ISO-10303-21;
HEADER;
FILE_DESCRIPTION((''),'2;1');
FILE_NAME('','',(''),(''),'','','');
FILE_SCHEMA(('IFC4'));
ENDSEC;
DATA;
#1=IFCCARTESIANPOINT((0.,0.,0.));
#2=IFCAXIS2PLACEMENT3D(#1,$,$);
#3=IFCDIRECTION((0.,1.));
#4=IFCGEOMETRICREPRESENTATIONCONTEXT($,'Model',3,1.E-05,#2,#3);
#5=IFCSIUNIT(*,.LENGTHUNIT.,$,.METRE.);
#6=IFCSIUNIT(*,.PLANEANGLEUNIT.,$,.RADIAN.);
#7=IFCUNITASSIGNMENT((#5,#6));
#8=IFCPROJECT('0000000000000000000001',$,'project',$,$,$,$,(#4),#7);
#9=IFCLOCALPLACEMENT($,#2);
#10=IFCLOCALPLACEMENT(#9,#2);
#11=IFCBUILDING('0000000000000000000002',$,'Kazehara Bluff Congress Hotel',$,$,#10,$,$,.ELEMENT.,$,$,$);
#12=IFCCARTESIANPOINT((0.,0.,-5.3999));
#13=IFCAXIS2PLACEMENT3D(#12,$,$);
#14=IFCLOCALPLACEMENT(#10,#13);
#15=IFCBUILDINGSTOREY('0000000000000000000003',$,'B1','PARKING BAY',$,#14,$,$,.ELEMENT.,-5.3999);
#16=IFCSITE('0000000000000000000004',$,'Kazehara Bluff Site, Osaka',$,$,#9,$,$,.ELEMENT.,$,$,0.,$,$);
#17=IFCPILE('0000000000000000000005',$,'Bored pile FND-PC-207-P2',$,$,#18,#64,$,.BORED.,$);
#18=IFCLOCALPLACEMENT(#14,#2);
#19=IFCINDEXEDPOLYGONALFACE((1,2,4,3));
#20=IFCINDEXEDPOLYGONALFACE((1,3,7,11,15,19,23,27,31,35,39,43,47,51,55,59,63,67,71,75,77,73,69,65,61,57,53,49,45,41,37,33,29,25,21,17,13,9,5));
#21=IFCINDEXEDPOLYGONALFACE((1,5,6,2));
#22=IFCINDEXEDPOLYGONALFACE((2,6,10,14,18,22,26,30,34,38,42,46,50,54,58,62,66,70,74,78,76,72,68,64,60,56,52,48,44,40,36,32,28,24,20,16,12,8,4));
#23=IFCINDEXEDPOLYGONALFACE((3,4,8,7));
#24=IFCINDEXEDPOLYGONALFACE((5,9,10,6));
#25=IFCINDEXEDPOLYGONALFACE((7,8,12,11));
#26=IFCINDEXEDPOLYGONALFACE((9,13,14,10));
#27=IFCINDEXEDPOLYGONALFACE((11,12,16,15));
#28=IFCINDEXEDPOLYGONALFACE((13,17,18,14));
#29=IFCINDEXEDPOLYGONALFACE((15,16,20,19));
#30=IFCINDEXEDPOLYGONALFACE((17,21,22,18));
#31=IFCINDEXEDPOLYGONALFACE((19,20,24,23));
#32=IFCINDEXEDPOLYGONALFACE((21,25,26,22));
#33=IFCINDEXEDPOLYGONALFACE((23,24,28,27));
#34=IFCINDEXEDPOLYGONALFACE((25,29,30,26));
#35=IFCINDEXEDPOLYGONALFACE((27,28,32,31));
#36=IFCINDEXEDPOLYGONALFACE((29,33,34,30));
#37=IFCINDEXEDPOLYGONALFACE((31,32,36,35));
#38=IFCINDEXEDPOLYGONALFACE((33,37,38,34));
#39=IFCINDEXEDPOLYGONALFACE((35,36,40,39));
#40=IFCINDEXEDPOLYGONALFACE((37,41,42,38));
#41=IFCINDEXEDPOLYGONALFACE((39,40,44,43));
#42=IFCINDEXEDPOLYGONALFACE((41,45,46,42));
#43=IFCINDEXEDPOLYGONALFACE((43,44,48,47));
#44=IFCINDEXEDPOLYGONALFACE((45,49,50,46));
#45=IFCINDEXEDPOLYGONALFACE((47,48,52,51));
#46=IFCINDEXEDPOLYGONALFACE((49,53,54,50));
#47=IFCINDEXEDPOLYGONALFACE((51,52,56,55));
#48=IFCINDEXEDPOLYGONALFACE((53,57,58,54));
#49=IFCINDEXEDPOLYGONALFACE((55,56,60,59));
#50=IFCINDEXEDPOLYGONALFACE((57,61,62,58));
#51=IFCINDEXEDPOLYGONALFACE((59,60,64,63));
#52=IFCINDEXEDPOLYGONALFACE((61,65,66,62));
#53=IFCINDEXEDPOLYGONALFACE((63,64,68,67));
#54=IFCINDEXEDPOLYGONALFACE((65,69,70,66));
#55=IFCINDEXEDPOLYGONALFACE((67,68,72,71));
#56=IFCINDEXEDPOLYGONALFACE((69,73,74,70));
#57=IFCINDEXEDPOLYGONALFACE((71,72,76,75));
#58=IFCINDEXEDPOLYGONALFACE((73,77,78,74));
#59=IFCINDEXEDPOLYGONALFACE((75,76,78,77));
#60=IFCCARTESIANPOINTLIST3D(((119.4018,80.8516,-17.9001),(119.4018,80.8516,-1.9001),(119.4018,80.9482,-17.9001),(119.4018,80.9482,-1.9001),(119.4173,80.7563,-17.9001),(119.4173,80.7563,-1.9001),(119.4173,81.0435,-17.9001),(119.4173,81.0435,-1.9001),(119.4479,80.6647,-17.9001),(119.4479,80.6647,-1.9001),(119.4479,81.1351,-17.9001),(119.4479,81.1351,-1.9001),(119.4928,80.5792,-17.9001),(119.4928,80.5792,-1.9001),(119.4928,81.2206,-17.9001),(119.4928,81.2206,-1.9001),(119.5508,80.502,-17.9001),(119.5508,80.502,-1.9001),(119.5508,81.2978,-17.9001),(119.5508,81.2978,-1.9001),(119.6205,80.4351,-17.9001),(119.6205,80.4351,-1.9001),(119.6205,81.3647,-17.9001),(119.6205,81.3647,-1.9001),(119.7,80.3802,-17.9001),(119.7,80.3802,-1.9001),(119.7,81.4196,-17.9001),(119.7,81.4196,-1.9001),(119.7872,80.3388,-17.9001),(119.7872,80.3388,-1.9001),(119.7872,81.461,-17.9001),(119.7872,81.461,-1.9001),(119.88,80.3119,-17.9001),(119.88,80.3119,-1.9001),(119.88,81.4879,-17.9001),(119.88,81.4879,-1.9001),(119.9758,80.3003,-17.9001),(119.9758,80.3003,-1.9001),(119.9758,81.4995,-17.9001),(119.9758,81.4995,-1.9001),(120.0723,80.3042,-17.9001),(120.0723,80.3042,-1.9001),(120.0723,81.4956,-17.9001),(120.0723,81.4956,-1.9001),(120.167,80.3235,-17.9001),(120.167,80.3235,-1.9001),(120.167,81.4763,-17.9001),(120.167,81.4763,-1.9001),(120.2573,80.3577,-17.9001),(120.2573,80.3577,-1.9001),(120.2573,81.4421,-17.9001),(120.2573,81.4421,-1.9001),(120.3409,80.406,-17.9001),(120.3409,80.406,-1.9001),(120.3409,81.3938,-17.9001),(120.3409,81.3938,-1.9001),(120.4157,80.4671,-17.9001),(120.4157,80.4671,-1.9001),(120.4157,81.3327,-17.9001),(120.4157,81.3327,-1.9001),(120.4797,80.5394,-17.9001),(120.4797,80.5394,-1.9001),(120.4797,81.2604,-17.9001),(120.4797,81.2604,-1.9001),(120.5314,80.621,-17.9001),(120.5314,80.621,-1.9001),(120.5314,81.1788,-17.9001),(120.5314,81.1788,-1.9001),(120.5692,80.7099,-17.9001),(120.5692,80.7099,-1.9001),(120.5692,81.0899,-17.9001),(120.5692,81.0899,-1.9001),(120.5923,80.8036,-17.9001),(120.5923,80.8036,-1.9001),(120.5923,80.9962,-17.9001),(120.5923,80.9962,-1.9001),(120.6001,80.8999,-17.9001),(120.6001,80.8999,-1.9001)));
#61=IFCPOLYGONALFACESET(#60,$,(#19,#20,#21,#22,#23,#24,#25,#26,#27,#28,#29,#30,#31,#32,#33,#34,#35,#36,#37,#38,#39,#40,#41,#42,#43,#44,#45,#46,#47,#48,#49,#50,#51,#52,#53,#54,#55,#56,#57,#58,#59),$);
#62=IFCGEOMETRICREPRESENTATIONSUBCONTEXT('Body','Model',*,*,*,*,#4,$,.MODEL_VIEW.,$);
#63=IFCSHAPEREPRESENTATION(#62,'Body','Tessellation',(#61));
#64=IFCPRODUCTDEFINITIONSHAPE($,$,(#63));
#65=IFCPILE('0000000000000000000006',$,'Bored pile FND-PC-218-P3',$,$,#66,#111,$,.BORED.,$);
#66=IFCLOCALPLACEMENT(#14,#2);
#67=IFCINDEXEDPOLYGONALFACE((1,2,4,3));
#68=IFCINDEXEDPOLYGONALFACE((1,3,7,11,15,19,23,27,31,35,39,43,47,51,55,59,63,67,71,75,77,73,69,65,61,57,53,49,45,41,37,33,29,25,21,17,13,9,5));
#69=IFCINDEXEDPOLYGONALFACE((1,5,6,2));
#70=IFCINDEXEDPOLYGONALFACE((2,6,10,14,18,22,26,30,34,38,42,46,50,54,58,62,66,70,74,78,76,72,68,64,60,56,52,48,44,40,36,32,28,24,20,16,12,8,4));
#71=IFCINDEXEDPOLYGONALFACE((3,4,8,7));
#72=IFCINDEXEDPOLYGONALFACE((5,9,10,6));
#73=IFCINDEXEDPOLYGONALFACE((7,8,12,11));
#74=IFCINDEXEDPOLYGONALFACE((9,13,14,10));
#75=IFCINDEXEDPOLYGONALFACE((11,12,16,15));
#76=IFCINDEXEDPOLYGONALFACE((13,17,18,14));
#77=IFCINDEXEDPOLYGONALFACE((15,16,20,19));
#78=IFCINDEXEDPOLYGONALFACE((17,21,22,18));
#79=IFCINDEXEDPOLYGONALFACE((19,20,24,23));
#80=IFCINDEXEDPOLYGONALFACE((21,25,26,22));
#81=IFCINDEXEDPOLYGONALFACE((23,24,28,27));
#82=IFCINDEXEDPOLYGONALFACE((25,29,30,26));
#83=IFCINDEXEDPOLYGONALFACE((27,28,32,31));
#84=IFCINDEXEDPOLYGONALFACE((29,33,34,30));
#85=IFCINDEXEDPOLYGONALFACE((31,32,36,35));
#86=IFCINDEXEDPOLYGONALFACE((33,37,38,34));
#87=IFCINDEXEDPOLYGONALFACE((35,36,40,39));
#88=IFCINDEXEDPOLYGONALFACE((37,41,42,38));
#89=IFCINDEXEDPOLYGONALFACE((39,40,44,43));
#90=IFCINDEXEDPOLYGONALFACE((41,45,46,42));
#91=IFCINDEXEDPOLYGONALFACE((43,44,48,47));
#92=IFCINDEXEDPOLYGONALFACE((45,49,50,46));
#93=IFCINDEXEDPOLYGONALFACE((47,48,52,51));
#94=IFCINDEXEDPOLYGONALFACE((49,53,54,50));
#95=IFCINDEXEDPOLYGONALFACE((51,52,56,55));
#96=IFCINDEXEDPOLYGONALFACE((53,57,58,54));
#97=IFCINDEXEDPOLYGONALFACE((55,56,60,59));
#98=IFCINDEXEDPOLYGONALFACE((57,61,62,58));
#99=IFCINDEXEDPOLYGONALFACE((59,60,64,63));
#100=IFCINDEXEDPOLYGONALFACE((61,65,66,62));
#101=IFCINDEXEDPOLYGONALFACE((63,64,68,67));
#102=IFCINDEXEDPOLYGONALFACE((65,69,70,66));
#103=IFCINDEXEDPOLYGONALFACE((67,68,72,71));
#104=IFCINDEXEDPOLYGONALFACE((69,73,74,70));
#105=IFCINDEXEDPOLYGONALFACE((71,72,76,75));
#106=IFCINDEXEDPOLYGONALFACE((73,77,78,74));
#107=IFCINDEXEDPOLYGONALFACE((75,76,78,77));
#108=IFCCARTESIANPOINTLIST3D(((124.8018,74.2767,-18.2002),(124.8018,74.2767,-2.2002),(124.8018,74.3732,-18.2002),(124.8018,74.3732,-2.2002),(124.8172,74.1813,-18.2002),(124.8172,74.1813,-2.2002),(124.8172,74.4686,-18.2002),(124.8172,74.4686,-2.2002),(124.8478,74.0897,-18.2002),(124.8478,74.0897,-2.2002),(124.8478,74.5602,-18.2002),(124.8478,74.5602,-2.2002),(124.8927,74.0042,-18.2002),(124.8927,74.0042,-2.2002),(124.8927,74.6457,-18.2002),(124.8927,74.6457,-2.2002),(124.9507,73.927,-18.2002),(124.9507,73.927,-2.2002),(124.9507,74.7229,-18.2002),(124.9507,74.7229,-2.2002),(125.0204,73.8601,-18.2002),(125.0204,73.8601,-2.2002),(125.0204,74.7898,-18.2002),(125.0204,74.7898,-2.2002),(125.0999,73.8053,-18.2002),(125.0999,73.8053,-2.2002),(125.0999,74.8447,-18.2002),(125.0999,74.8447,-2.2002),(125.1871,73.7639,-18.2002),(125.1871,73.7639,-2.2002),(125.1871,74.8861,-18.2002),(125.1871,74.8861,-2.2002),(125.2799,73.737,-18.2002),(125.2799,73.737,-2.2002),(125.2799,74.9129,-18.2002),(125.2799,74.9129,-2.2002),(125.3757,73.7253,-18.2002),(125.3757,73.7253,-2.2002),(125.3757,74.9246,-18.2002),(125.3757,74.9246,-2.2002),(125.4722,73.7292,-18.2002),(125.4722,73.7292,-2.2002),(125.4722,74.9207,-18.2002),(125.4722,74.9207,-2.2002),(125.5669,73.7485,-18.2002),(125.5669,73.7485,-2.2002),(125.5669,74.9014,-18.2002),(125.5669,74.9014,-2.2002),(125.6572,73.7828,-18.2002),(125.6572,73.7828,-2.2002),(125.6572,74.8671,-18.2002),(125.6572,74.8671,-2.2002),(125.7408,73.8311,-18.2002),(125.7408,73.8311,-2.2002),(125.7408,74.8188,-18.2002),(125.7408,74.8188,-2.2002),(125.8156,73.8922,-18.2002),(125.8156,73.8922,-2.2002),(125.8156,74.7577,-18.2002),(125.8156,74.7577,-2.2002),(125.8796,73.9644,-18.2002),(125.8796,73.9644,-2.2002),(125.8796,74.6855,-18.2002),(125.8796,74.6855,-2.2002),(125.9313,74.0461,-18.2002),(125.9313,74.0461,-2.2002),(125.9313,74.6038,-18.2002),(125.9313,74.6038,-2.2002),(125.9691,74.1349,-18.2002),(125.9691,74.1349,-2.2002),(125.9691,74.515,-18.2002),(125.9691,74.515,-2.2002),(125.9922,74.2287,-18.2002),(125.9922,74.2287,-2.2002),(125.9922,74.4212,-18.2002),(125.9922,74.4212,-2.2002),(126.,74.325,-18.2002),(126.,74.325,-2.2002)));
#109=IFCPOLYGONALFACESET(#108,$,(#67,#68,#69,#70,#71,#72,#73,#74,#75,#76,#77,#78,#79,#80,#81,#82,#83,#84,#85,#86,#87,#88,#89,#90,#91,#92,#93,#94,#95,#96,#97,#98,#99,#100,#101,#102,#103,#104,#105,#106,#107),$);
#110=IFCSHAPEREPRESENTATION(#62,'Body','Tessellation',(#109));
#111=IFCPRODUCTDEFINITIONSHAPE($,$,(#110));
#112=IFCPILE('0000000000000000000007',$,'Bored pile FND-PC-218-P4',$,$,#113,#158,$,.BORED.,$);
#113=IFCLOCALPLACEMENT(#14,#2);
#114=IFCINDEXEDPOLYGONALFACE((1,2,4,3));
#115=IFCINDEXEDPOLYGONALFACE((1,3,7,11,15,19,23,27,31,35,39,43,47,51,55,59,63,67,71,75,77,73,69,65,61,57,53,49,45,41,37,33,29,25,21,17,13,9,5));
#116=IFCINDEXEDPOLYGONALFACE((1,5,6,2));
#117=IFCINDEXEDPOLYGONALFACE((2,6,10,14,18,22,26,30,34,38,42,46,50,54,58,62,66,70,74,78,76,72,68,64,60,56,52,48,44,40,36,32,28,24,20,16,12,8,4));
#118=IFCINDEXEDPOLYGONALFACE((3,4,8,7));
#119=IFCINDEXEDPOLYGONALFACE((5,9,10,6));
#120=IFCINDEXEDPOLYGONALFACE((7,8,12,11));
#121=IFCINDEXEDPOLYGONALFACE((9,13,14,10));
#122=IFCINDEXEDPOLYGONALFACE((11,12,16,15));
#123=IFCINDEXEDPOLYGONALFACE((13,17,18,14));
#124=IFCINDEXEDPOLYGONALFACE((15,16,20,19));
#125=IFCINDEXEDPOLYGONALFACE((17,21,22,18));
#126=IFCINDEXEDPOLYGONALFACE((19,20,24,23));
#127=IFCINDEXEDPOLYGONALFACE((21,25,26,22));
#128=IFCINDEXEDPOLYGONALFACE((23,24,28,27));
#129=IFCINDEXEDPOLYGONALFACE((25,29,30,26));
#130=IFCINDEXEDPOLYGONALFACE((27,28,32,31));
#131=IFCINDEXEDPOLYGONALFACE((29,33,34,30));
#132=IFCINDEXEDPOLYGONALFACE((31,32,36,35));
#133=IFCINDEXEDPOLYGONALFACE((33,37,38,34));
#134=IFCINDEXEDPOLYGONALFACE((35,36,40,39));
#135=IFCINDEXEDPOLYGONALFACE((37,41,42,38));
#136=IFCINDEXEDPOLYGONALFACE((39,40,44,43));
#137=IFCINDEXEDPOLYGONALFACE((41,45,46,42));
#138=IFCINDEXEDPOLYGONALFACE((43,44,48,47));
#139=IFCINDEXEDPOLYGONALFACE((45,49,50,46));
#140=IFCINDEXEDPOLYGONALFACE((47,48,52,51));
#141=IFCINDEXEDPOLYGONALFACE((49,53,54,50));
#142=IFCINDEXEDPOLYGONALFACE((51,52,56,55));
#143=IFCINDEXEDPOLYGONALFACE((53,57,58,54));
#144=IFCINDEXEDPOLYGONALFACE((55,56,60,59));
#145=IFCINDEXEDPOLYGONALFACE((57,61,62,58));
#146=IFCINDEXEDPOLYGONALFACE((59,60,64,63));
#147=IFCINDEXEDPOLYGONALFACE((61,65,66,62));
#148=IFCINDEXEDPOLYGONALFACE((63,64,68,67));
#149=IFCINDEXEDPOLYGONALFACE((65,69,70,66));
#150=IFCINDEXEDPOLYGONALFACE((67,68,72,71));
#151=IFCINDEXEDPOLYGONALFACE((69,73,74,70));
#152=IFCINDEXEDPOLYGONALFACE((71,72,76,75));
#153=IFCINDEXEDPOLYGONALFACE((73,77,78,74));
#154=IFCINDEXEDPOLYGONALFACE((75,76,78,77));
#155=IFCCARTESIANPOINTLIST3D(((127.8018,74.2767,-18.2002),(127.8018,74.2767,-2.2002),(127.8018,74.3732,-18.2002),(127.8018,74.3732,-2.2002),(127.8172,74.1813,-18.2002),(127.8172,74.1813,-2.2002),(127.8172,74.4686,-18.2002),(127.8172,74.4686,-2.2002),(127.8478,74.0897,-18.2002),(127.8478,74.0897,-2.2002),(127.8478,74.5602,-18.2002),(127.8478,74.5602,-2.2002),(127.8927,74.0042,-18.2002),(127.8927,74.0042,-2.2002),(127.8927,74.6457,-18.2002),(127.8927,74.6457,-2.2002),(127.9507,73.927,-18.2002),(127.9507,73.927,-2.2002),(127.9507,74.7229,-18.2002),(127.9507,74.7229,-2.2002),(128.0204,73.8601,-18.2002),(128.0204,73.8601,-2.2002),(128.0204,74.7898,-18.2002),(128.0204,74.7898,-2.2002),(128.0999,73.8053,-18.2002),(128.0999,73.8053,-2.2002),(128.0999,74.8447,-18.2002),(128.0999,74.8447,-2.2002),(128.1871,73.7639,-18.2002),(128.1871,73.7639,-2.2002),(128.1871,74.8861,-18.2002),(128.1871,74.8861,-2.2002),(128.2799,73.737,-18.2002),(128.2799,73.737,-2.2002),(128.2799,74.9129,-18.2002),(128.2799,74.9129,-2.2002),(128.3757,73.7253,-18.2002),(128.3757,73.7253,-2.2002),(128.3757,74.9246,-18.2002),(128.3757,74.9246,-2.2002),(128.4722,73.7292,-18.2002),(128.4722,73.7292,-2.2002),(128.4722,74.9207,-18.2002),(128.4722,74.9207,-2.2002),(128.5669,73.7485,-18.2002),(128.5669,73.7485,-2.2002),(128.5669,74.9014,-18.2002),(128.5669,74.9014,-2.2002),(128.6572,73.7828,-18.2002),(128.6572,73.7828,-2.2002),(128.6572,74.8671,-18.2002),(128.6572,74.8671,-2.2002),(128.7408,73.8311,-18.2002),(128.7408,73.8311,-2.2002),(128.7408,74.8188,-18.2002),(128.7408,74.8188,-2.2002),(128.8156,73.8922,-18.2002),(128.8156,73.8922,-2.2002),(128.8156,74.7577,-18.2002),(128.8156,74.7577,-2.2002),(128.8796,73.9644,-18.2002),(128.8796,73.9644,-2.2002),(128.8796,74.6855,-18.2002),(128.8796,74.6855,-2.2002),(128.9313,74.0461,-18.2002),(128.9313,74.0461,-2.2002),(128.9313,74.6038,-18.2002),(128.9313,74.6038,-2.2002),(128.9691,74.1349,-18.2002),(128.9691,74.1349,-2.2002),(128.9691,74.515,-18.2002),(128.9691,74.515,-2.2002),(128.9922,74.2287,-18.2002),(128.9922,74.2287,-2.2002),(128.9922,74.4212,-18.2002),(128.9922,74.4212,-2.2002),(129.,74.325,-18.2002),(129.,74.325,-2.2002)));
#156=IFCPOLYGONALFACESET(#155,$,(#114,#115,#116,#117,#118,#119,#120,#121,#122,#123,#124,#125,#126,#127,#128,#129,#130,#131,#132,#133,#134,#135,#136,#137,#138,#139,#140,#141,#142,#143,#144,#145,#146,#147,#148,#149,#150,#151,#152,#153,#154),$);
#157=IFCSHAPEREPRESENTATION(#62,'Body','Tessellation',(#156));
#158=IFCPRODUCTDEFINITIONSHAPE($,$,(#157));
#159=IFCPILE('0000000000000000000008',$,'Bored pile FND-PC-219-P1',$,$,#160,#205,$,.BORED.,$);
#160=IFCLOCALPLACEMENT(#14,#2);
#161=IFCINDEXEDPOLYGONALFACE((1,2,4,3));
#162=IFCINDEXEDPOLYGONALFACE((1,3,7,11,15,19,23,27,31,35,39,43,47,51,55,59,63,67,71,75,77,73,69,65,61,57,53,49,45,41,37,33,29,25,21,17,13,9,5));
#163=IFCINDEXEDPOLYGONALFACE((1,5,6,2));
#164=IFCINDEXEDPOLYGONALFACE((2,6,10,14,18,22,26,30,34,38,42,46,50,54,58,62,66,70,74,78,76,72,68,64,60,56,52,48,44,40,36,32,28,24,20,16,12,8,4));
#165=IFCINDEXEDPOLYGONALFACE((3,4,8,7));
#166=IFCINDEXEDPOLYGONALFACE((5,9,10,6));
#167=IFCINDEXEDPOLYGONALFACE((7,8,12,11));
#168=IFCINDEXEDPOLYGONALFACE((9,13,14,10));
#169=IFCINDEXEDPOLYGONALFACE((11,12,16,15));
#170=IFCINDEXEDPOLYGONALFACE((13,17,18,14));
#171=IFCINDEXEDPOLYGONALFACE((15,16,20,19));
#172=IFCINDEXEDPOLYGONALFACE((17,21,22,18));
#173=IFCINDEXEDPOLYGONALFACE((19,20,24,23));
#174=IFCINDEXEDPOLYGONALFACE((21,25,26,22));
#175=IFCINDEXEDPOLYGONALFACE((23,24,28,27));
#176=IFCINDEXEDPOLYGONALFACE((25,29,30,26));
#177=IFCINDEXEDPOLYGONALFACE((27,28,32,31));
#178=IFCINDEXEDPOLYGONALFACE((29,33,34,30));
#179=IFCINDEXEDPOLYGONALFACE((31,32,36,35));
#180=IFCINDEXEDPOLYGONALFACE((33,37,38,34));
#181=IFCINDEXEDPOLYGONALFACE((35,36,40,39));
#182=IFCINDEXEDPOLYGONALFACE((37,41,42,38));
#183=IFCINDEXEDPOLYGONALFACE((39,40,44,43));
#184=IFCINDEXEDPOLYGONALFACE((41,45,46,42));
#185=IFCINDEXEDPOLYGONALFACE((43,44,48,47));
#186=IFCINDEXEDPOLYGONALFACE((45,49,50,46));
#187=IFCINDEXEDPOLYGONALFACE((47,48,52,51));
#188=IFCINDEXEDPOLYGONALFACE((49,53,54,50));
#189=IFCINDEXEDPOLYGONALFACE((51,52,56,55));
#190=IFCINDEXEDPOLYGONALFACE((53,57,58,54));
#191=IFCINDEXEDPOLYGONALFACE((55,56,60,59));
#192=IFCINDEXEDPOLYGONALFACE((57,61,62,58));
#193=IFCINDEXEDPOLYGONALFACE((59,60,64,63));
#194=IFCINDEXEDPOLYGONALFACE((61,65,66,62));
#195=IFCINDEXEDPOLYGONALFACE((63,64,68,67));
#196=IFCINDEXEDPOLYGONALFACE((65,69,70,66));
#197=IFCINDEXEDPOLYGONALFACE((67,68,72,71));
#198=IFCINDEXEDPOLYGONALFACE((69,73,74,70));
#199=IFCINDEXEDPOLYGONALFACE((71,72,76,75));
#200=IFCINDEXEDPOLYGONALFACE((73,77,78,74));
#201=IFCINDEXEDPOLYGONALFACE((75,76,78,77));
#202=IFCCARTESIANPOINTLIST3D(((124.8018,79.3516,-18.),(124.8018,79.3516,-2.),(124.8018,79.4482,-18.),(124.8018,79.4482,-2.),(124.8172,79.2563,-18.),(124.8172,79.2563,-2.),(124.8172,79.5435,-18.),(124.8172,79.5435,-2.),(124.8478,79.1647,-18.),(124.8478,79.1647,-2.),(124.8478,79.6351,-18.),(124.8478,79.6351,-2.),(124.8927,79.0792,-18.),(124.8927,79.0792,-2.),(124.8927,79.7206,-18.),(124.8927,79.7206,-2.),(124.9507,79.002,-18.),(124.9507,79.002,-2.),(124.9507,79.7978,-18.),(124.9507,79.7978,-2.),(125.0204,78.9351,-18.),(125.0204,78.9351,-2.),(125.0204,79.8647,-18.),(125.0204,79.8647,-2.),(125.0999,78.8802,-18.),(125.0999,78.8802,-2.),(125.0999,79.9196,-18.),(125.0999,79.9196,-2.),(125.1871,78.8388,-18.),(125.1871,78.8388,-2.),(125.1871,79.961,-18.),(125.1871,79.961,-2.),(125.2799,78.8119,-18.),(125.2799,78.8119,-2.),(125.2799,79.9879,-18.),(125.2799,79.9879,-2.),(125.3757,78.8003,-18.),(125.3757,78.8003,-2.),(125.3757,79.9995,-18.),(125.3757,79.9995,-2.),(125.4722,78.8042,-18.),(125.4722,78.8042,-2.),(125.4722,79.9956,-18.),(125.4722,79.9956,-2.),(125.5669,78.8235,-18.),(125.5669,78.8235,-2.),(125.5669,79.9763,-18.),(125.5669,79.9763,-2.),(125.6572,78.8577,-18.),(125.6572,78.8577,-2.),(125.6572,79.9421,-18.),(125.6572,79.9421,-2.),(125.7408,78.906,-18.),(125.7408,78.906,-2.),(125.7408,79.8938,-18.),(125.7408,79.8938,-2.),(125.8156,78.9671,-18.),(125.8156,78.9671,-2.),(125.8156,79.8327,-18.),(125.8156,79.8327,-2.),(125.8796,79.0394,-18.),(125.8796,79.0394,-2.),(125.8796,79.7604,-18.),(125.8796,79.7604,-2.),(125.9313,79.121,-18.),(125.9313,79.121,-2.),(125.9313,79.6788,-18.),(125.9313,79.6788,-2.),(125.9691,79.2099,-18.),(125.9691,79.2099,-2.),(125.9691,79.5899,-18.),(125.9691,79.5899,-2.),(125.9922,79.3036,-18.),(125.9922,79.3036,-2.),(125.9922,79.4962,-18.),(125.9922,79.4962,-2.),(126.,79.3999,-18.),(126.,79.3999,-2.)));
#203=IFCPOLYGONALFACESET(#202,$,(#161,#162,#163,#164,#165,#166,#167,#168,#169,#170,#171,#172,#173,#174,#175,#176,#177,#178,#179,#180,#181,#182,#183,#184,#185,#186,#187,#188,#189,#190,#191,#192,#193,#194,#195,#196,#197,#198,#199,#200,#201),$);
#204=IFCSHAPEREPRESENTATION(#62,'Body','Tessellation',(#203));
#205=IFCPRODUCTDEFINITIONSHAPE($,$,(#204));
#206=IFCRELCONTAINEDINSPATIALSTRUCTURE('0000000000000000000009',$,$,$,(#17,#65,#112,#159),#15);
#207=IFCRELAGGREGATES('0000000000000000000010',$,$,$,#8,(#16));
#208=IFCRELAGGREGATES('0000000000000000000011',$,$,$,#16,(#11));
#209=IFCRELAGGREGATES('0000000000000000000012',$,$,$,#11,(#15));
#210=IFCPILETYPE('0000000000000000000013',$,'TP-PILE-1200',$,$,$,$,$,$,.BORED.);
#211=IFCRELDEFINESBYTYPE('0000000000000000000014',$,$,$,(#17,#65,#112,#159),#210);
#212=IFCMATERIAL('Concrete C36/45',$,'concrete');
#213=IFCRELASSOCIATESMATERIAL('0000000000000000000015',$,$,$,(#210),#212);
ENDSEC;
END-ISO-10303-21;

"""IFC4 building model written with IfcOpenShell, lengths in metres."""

from ifc_helpers import new_model, si_unit, direction, frame, origin, origin_2d, place, context, subcontext, project, spatial, circle, extrude, material, material_profile, profile_set, type_object, element, save


model = new_model("IFC4")

# Units and contexts
model_context = context("Model", 3, precision=1e-05, world=origin(), true_north=direction((0.0, 1.0)))
body_context = subcontext(model_context, "Body", "Model", "MODEL_VIEW")
ifc_project = project(units=[si_unit("LENGTHUNIT", "METRE"), si_unit("PLANEANGLEUNIT", "RADIAN")], contexts=[model_context])

# Site, building, storey
site_placement = place(None, origin())
site = spatial("IfcSite", under=ifc_project, at=site_placement, Name="Kazehara Bluff Site, Osaka", CompositionType="ELEMENT", RefElevation=0.0)
building_placement = place(site_placement, origin())
building = spatial("IfcBuilding", under=site, at=building_placement, Name="Kazehara Bluff Congress Hotel", CompositionType="ELEMENT")
storey_placement = place(building_placement, frame((0.0, 0.0, -5.3999)))
storey = spatial("IfcBuildingStorey", under=building, at=storey_placement, Name="B1", Description="PARKING BAY", CompositionType="ELEMENT", Elevation=-5.3999)

# Piles
ifc_material_1 = material(Name="Concrete C36/45", Category="concrete")
ifc_material_profile_1 = material_profile(ifc_material_1, circle(Radius=0.6001, at=origin_2d()))
ifc_profile_set_1 = profile_set([ifc_material_profile_1], Name="Concrete C36/45")
pile_type = type_object("IfcPileType", Name="TP-PILE-1200", PredefinedType="BORED", material=ifc_profile_set_1)
for number, where, z_axis, x_axis, name in (
    (1, (120.0, 80.8999, -1.9001), (0.0, 0.0, -1.0), (1.0, 0.0, 0.0), "Bored pile FND-PC-207-P2"),
    (2, (125.3999, 74.325, -2.2002), (0.0, 0.0, -1.0), (1.0, 0.0, 0.0), "Bored pile FND-PC-218-P3"),
    (3, (128.3999, 74.325, -2.2002), (0.0, 0.0, -1.0), (1.0, 0.0, 0.0), "Bored pile FND-PC-218-P4"),
    (4, (125.3999, 79.3999, -2.0), (0.0, 0.0, -1.0), (1.0, 0.0, 0.0), "Bored pile FND-PC-219-P1"),
):
    element("IfcPile", number, at=place(storey_placement, frame(where, z_axis=z_axis, x_axis=x_axis)), inside=storey, type_object=pile_type, Name=name, PredefinedType="BORED", context=body_context, shape_type="SweptSolid", body=[
        extrude(circle(Radius=0.6001, at=origin_2d()), origin(), (0.0, 0.0, 1.0), 16.0),
    ])

save(model, "model.ifc")
